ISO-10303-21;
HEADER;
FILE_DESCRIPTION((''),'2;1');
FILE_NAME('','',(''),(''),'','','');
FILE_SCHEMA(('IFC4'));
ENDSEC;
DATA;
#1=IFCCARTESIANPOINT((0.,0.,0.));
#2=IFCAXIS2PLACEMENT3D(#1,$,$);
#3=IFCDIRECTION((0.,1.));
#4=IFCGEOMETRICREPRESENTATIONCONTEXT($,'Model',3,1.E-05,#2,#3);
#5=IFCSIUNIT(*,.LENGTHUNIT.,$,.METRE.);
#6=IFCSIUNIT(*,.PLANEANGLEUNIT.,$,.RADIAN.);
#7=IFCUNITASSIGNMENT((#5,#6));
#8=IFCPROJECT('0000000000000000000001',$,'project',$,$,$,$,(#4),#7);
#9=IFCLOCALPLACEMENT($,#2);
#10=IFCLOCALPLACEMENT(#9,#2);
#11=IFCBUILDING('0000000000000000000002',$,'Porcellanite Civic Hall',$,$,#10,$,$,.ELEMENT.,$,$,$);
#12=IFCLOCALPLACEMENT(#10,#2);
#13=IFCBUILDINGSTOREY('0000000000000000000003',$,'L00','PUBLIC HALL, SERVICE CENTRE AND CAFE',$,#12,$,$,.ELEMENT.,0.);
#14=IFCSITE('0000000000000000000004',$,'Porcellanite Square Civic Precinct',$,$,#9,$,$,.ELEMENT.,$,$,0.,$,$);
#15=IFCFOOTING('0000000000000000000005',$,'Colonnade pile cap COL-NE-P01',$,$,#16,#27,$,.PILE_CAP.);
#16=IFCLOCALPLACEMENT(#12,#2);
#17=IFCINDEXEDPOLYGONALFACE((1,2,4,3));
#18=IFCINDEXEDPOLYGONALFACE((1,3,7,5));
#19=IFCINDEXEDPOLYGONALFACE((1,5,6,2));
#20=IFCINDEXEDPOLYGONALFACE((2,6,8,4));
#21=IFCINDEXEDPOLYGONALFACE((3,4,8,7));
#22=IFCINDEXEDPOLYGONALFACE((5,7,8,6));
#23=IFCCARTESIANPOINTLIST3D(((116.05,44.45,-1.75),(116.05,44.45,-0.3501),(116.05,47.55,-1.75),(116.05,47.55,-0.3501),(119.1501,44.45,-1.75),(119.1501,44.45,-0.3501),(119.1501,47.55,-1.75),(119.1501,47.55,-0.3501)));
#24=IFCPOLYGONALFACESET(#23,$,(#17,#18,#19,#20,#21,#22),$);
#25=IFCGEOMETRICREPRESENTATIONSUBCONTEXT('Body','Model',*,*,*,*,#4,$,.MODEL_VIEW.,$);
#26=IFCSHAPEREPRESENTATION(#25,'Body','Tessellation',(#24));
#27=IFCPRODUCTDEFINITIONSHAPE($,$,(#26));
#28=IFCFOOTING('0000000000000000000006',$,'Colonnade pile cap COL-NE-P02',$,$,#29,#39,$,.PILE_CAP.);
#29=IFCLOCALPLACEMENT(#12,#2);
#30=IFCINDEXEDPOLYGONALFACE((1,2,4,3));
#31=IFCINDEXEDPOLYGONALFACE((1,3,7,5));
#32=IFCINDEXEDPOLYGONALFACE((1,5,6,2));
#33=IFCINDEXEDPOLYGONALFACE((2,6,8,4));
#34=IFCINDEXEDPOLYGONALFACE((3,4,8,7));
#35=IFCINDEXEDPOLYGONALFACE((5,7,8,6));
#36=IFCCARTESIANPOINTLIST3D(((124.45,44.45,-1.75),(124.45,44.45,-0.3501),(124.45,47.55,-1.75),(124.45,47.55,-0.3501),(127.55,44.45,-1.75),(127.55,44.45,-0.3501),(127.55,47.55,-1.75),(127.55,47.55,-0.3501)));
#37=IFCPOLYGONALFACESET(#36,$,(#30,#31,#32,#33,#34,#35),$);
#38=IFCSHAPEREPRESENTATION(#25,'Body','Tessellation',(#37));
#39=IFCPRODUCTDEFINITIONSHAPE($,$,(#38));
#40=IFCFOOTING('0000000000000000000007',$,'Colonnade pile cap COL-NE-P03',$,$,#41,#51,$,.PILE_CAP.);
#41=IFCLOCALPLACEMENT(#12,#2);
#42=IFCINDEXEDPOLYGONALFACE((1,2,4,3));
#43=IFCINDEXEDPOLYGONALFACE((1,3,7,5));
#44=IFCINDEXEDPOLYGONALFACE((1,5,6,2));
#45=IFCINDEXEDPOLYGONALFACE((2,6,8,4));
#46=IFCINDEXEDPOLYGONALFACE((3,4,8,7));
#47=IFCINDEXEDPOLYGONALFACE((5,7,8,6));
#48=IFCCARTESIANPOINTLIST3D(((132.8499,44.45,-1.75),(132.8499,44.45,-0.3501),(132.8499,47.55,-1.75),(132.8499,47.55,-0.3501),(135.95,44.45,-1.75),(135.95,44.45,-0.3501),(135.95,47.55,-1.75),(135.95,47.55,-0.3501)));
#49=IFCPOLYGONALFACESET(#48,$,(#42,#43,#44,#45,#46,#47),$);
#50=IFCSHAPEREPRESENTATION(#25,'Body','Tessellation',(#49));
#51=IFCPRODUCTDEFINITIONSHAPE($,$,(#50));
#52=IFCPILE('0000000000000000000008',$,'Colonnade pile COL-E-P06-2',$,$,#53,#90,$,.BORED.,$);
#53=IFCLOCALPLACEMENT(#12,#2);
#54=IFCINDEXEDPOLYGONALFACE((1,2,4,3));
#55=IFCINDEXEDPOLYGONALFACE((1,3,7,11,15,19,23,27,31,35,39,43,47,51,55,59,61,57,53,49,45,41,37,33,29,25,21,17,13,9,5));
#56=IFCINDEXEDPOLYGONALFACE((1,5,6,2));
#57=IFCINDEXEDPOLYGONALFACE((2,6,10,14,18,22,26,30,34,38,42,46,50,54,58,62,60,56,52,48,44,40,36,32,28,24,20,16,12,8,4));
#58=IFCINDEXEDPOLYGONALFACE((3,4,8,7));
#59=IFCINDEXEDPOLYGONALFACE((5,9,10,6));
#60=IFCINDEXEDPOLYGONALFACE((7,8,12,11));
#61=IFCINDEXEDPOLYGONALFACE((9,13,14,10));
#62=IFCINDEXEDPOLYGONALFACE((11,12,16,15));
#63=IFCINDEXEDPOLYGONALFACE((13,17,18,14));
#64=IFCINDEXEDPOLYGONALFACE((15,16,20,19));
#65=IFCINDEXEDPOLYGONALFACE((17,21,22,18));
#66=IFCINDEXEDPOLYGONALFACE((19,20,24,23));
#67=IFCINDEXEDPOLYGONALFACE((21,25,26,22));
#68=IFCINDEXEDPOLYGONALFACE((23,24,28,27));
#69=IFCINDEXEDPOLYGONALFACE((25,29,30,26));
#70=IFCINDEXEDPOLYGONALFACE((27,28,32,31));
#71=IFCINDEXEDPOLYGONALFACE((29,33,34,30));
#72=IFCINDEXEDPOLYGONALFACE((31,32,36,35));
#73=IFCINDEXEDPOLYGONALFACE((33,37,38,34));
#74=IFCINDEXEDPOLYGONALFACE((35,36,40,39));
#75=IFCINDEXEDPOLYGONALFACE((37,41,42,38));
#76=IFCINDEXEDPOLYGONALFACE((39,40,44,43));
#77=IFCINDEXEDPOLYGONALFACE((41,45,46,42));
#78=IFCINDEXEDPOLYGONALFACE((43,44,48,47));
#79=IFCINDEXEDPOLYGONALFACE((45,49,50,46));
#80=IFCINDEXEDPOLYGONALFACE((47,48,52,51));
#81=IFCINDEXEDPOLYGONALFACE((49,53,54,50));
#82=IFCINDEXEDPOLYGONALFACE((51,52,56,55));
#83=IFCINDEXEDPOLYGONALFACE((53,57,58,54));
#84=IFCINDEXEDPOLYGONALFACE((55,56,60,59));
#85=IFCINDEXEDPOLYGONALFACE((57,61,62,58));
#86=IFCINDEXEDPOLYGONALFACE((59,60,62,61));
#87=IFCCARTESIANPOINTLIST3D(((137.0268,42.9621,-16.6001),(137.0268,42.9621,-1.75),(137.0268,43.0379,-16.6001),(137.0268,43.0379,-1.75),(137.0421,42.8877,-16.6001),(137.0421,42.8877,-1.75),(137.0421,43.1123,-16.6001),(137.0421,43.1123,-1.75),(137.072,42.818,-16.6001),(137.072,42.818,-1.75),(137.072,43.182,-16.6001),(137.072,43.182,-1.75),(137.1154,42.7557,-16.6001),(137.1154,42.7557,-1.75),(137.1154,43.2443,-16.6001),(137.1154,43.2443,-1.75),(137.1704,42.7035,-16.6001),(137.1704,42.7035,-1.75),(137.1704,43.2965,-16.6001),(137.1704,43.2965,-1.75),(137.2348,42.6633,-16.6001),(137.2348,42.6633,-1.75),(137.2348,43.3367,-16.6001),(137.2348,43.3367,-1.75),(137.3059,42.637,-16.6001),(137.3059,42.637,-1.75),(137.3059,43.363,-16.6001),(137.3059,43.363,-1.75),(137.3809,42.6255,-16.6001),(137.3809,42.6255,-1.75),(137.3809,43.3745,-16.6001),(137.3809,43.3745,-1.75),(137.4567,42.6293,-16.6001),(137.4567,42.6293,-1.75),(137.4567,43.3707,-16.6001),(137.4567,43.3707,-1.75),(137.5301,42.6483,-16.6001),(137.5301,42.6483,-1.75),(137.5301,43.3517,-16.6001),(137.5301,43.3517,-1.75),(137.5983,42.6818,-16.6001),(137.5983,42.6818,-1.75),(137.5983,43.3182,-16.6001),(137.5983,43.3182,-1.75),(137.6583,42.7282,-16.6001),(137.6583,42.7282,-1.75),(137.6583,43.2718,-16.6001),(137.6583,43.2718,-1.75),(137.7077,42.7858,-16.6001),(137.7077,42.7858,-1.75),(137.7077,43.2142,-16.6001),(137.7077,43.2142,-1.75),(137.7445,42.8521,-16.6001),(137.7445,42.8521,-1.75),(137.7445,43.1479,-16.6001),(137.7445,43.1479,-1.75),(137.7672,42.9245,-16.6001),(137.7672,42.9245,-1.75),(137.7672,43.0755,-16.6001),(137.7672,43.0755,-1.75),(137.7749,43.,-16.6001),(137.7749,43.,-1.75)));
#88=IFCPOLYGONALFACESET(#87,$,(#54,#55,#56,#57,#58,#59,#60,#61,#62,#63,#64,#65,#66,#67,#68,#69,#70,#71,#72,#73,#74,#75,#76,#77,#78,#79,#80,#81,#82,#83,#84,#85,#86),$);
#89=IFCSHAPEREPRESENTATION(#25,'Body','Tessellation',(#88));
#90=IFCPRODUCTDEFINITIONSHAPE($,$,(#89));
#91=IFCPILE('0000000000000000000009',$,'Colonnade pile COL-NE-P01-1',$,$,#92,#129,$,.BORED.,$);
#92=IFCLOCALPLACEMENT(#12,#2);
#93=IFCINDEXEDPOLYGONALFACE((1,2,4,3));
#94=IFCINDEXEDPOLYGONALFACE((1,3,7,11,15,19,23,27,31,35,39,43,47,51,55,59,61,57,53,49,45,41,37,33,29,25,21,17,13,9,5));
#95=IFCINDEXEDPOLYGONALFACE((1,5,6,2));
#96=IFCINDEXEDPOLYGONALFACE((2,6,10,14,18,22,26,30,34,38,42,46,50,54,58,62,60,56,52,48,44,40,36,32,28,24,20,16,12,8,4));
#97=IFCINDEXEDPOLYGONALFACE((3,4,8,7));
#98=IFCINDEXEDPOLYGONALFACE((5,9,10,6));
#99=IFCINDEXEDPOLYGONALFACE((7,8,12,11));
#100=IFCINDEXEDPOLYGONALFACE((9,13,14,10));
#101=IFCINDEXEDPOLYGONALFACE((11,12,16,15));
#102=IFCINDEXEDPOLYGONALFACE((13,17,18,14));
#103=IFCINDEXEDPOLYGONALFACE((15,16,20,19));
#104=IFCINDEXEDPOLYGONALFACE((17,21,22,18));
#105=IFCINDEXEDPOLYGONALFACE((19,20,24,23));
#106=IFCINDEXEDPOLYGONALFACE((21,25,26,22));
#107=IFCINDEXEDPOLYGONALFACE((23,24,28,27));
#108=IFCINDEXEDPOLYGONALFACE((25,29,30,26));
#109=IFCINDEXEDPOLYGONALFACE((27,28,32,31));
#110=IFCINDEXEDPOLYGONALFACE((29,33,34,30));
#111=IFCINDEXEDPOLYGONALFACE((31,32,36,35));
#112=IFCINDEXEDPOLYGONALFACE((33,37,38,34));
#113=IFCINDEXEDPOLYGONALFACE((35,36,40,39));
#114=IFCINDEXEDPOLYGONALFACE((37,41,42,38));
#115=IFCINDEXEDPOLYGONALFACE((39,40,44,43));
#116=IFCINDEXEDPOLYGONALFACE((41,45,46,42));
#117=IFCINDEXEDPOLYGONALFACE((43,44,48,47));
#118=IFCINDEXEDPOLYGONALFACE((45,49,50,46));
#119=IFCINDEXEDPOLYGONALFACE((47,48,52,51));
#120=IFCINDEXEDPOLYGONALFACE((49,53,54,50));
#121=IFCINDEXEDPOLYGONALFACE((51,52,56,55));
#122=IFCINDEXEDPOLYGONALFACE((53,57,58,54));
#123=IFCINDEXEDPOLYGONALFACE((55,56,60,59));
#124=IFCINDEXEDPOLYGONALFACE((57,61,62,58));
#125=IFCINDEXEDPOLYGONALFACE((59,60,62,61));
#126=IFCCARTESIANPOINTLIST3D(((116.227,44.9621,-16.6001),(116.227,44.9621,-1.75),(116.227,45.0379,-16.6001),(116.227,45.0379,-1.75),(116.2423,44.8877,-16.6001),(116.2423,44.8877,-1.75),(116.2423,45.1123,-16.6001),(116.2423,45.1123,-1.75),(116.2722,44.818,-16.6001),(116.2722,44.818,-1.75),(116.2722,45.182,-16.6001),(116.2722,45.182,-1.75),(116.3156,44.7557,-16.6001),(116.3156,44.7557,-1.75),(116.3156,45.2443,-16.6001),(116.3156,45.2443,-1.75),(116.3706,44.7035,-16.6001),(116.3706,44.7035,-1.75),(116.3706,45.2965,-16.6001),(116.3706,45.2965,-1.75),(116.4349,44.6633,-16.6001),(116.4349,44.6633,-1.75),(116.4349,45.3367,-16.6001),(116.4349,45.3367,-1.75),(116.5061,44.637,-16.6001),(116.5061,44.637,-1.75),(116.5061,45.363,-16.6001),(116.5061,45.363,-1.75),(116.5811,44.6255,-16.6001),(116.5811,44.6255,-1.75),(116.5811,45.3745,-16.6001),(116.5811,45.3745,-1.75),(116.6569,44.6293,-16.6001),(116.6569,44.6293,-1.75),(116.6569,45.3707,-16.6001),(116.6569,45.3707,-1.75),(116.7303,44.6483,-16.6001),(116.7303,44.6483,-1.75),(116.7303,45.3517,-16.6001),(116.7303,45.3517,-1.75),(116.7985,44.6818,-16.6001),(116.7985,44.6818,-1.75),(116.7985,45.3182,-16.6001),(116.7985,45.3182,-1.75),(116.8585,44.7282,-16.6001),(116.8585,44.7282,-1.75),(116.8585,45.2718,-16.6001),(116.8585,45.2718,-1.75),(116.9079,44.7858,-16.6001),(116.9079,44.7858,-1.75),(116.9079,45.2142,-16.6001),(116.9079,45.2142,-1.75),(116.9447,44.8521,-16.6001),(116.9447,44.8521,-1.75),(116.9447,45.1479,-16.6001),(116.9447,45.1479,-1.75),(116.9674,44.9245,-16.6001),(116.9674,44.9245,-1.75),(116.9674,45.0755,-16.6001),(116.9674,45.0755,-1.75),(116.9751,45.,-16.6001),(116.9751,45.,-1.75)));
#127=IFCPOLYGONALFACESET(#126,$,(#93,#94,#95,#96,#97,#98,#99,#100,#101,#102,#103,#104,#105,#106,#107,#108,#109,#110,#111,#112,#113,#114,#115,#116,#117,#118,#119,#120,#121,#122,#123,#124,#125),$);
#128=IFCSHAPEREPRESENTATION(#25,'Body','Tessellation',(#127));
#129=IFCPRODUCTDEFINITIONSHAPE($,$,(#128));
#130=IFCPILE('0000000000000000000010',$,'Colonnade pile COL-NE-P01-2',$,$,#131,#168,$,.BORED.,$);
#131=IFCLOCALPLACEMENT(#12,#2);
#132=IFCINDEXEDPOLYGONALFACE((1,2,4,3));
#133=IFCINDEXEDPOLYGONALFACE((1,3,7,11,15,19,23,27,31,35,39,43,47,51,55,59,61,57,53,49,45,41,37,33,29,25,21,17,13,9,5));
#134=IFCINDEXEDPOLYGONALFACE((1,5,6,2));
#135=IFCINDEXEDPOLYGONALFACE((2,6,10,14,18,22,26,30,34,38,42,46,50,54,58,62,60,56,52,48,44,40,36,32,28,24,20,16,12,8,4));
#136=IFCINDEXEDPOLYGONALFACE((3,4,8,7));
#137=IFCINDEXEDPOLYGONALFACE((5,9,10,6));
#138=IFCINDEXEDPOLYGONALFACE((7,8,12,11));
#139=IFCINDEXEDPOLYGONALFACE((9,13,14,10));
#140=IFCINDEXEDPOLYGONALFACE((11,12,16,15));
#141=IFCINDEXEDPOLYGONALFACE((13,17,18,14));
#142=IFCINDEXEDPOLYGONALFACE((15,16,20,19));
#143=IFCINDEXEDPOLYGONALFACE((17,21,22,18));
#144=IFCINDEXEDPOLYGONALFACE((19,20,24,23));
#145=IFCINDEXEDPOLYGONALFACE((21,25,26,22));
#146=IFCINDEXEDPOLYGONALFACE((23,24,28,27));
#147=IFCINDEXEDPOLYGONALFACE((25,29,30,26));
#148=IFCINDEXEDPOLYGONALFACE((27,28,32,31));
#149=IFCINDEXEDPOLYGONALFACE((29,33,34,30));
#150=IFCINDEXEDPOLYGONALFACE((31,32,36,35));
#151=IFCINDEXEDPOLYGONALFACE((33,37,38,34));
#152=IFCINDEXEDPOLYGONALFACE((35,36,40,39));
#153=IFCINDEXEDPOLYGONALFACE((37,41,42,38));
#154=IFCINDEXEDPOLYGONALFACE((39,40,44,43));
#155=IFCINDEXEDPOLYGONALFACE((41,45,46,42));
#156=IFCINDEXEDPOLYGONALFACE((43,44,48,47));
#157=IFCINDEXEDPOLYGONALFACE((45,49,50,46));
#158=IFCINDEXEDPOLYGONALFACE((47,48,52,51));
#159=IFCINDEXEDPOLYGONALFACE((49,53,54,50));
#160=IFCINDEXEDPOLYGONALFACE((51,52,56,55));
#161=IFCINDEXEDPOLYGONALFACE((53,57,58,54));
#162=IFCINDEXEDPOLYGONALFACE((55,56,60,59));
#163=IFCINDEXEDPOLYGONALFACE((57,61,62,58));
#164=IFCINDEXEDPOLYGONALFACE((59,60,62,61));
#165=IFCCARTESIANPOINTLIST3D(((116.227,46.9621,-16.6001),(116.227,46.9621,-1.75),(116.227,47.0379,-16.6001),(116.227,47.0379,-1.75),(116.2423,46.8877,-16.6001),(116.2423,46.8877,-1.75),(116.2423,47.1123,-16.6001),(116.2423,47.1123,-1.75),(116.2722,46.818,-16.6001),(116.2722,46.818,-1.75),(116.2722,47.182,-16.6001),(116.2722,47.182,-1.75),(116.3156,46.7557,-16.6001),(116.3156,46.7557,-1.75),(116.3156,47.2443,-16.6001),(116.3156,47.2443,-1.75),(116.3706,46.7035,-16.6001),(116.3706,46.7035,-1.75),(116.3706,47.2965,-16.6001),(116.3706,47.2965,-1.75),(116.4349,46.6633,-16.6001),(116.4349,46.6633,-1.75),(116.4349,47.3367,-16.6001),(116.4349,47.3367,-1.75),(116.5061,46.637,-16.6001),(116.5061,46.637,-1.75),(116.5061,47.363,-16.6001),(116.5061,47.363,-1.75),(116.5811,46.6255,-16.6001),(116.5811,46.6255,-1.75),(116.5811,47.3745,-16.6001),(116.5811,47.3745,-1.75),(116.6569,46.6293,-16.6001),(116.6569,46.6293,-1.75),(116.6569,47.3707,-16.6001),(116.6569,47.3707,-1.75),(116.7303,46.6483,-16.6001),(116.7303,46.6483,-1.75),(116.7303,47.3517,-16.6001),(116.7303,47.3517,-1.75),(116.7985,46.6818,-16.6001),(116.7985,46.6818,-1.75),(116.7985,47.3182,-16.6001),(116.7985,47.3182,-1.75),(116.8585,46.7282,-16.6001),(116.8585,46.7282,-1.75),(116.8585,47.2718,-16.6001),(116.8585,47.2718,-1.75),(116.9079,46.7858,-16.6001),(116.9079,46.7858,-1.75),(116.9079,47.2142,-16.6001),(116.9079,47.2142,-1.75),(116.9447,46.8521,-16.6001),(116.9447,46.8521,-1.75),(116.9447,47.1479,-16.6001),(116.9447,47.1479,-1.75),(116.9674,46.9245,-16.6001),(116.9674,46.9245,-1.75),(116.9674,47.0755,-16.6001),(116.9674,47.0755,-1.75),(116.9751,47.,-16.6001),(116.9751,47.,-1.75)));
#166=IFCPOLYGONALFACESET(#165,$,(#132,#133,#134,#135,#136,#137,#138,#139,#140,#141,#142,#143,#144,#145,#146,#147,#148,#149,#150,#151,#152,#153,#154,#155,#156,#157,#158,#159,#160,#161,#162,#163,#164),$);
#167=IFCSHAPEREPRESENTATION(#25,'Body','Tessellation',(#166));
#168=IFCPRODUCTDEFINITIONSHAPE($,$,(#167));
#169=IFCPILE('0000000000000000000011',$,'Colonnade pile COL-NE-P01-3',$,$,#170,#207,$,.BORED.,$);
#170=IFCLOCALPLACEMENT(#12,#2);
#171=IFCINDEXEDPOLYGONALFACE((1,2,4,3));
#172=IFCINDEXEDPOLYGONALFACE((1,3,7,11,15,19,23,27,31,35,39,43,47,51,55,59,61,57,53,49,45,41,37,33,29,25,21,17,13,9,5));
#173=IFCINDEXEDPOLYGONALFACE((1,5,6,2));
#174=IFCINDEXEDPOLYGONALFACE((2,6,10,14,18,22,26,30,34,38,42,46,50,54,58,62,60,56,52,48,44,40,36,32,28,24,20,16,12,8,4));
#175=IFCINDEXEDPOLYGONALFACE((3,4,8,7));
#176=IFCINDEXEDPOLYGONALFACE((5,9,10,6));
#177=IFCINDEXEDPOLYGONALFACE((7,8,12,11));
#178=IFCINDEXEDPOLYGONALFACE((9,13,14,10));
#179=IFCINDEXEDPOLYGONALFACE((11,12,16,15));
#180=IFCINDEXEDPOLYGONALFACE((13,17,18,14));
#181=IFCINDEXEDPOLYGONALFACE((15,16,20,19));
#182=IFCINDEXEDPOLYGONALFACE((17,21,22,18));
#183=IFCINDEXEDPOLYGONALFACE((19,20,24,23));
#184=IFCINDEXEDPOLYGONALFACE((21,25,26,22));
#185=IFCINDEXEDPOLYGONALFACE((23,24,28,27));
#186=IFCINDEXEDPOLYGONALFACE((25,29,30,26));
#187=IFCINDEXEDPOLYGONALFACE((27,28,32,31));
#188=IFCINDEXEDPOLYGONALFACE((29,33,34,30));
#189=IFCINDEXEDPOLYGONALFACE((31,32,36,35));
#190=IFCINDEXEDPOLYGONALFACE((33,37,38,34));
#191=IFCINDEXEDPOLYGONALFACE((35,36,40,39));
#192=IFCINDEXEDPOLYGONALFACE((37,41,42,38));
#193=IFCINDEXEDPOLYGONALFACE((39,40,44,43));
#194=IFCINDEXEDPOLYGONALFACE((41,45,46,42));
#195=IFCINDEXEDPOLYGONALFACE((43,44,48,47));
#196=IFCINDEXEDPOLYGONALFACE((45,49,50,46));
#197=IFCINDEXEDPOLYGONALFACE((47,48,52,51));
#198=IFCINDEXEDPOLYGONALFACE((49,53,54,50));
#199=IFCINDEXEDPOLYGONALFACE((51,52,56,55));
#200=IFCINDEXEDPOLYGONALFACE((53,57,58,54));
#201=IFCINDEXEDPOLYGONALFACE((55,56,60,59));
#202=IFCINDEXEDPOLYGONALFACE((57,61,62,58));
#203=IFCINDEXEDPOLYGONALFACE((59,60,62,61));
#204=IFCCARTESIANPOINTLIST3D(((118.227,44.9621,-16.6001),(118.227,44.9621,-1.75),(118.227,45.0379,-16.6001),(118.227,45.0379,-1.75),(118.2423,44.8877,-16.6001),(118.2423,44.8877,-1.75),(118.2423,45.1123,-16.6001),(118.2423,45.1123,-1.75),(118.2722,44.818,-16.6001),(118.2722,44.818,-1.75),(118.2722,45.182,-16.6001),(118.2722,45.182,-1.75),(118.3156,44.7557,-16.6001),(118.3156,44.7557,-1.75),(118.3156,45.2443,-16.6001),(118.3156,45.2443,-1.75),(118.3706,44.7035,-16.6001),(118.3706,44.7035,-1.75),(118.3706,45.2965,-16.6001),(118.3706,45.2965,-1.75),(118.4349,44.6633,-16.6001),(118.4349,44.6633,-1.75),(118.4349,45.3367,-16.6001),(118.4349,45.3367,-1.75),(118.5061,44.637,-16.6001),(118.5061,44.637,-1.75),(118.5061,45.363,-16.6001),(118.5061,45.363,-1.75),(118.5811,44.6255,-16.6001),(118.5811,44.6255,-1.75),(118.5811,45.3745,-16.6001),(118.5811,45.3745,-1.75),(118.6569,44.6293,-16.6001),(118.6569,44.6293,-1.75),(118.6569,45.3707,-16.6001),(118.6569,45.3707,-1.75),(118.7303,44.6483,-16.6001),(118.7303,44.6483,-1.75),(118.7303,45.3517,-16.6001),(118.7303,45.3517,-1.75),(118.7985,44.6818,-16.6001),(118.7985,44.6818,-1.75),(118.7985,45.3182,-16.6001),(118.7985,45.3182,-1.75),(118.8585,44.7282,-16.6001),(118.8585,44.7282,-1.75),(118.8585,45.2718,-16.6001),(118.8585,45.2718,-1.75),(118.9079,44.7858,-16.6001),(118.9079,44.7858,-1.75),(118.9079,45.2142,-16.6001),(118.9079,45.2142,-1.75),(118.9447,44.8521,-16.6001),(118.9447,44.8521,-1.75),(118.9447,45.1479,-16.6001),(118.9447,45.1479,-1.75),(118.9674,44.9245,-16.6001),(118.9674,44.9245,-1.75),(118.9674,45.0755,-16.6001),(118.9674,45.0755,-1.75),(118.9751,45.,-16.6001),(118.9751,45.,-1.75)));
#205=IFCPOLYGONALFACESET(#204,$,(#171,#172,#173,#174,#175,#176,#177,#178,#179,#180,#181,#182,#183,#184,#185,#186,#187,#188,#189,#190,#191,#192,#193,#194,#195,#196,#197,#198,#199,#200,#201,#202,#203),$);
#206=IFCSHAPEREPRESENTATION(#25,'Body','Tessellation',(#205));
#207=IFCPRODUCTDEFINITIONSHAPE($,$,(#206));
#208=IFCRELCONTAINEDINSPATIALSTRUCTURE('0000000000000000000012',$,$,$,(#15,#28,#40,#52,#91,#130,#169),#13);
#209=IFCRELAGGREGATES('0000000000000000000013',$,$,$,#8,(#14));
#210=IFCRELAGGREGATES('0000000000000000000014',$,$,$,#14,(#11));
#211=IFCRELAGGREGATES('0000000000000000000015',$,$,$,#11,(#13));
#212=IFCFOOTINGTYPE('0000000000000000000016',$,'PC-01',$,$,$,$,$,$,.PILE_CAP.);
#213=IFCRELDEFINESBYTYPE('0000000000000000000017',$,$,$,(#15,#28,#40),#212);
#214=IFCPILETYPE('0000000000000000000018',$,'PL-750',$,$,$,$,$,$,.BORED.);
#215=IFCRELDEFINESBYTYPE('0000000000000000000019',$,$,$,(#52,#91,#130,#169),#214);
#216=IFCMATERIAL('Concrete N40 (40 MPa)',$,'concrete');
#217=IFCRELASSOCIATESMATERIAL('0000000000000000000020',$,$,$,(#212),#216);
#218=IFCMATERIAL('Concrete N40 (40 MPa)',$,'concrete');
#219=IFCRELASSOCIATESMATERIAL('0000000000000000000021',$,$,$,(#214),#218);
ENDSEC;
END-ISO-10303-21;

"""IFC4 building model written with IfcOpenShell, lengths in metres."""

from ifc_helpers import new_model, si_unit, direction, frame, origin, origin_2d, place, context, subcontext, project, spatial, rectangle, circle, extrude, material, material_profile, profile_set, type_object, element, save


model = new_model("IFC4")

# Units and contexts
model_context = context("Model", 3, precision=1e-05, world=origin(), true_north=direction((0.0, 1.0)))
body_context = subcontext(model_context, "Body", "Model", "MODEL_VIEW")
ifc_project = project(units=[si_unit("LENGTHUNIT", "METRE"), si_unit("PLANEANGLEUNIT", "RADIAN")], contexts=[model_context])

# Site, building, storey
site_placement = place(None, origin())
site = spatial("IfcSite", under=ifc_project, at=site_placement, Name="Porcellanite Square Civic Precinct", CompositionType="ELEMENT", RefElevation=0.0)
building_placement = place(site_placement, origin())
building = spatial("IfcBuilding", under=site, at=building_placement, Name="Porcellanite Civic Hall", CompositionType="ELEMENT")
storey_placement = place(building_placement, origin())
storey = spatial("IfcBuildingStorey", under=building, at=storey_placement, Name="L00", Description="PUBLIC HALL, SERVICE CENTRE AND CAFE", CompositionType="ELEMENT", Elevation=0.0)

# Footings
ifc_material_1 = material(Name="Concrete N40 (40 MPa)", Category="concrete")
footing_type = type_object("IfcFootingType", Name="PC-01", PredefinedType="PILE_CAP", material=ifc_material_1)
for number, where, z_axis, x_axis, name in (
    (1, (117.6001, 46.0, -1.75), (0.0, 0.0, 1.0), (1.0, 0.0, 0.0), "Colonnade pile cap COL-NE-P01"),
    (2, (126.0, 46.0, -1.75), (0.0, 0.0, 1.0), (1.0, 0.0, 0.0), "Colonnade pile cap COL-NE-P02"),
    (3, (134.3999, 46.0, -1.75), (0.0, 0.0, 1.0), (1.0, 0.0, 0.0), "Colonnade pile cap COL-NE-P03"),
):
    element("IfcFooting", number, at=place(storey_placement, frame(where, z_axis=z_axis, x_axis=x_axis)), inside=storey, type_object=footing_type, Name=name, PredefinedType="PILE_CAP", context=body_context, shape_type="SweptSolid", body=[
        extrude(rectangle(XDim=3.1001, YDim=3.1001, at=origin_2d()), origin(), (0.0, 0.0, 1.0), 1.3999),
    ])

# Piles
ifc_material_2 = material(Name="Concrete N40 (40 MPa)", Category="concrete")
ifc_material_profile_1 = material_profile(ifc_material_2, circle(Radius=0.375, at=origin_2d()), Name="PILE-D750")
ifc_profile_set_1 = profile_set([ifc_material_profile_1], Name="Concrete N40 (40 MPa)")
pile_type = type_object("IfcPileType", Name="PL-750", PredefinedType="BORED", material=ifc_profile_set_1)
for number, where, z_axis, x_axis, name in (
    (4, (137.3999, 43.0, -1.75), (0.0, 0.0, -1.0), (1.0, 0.0, 0.0), "Colonnade pile COL-E-P06-2"),
    (5, (116.6001, 45.0, -1.75), (0.0, 0.0, -1.0), (1.0, 0.0, 0.0), "Colonnade pile COL-NE-P01-1"),
    (6, (116.6001, 47.0, -1.75), (0.0, 0.0, -1.0), (1.0, 0.0, 0.0), "Colonnade pile COL-NE-P01-2"),
    (7, (118.6001, 45.0, -1.75), (0.0, 0.0, -1.0), (1.0, 0.0, 0.0), "Colonnade pile COL-NE-P01-3"),
):
    element("IfcPile", number, at=place(storey_placement, frame(where, z_axis=z_axis, x_axis=x_axis)), inside=storey, type_object=pile_type, Name=name, PredefinedType="BORED", context=body_context, shape_type="SweptSolid", body=[
        extrude(circle(Radius=0.375, at=origin_2d()), origin(), (0.0, 0.0, 1.0), 14.8501),
    ])

save(model, "model.ifc")
